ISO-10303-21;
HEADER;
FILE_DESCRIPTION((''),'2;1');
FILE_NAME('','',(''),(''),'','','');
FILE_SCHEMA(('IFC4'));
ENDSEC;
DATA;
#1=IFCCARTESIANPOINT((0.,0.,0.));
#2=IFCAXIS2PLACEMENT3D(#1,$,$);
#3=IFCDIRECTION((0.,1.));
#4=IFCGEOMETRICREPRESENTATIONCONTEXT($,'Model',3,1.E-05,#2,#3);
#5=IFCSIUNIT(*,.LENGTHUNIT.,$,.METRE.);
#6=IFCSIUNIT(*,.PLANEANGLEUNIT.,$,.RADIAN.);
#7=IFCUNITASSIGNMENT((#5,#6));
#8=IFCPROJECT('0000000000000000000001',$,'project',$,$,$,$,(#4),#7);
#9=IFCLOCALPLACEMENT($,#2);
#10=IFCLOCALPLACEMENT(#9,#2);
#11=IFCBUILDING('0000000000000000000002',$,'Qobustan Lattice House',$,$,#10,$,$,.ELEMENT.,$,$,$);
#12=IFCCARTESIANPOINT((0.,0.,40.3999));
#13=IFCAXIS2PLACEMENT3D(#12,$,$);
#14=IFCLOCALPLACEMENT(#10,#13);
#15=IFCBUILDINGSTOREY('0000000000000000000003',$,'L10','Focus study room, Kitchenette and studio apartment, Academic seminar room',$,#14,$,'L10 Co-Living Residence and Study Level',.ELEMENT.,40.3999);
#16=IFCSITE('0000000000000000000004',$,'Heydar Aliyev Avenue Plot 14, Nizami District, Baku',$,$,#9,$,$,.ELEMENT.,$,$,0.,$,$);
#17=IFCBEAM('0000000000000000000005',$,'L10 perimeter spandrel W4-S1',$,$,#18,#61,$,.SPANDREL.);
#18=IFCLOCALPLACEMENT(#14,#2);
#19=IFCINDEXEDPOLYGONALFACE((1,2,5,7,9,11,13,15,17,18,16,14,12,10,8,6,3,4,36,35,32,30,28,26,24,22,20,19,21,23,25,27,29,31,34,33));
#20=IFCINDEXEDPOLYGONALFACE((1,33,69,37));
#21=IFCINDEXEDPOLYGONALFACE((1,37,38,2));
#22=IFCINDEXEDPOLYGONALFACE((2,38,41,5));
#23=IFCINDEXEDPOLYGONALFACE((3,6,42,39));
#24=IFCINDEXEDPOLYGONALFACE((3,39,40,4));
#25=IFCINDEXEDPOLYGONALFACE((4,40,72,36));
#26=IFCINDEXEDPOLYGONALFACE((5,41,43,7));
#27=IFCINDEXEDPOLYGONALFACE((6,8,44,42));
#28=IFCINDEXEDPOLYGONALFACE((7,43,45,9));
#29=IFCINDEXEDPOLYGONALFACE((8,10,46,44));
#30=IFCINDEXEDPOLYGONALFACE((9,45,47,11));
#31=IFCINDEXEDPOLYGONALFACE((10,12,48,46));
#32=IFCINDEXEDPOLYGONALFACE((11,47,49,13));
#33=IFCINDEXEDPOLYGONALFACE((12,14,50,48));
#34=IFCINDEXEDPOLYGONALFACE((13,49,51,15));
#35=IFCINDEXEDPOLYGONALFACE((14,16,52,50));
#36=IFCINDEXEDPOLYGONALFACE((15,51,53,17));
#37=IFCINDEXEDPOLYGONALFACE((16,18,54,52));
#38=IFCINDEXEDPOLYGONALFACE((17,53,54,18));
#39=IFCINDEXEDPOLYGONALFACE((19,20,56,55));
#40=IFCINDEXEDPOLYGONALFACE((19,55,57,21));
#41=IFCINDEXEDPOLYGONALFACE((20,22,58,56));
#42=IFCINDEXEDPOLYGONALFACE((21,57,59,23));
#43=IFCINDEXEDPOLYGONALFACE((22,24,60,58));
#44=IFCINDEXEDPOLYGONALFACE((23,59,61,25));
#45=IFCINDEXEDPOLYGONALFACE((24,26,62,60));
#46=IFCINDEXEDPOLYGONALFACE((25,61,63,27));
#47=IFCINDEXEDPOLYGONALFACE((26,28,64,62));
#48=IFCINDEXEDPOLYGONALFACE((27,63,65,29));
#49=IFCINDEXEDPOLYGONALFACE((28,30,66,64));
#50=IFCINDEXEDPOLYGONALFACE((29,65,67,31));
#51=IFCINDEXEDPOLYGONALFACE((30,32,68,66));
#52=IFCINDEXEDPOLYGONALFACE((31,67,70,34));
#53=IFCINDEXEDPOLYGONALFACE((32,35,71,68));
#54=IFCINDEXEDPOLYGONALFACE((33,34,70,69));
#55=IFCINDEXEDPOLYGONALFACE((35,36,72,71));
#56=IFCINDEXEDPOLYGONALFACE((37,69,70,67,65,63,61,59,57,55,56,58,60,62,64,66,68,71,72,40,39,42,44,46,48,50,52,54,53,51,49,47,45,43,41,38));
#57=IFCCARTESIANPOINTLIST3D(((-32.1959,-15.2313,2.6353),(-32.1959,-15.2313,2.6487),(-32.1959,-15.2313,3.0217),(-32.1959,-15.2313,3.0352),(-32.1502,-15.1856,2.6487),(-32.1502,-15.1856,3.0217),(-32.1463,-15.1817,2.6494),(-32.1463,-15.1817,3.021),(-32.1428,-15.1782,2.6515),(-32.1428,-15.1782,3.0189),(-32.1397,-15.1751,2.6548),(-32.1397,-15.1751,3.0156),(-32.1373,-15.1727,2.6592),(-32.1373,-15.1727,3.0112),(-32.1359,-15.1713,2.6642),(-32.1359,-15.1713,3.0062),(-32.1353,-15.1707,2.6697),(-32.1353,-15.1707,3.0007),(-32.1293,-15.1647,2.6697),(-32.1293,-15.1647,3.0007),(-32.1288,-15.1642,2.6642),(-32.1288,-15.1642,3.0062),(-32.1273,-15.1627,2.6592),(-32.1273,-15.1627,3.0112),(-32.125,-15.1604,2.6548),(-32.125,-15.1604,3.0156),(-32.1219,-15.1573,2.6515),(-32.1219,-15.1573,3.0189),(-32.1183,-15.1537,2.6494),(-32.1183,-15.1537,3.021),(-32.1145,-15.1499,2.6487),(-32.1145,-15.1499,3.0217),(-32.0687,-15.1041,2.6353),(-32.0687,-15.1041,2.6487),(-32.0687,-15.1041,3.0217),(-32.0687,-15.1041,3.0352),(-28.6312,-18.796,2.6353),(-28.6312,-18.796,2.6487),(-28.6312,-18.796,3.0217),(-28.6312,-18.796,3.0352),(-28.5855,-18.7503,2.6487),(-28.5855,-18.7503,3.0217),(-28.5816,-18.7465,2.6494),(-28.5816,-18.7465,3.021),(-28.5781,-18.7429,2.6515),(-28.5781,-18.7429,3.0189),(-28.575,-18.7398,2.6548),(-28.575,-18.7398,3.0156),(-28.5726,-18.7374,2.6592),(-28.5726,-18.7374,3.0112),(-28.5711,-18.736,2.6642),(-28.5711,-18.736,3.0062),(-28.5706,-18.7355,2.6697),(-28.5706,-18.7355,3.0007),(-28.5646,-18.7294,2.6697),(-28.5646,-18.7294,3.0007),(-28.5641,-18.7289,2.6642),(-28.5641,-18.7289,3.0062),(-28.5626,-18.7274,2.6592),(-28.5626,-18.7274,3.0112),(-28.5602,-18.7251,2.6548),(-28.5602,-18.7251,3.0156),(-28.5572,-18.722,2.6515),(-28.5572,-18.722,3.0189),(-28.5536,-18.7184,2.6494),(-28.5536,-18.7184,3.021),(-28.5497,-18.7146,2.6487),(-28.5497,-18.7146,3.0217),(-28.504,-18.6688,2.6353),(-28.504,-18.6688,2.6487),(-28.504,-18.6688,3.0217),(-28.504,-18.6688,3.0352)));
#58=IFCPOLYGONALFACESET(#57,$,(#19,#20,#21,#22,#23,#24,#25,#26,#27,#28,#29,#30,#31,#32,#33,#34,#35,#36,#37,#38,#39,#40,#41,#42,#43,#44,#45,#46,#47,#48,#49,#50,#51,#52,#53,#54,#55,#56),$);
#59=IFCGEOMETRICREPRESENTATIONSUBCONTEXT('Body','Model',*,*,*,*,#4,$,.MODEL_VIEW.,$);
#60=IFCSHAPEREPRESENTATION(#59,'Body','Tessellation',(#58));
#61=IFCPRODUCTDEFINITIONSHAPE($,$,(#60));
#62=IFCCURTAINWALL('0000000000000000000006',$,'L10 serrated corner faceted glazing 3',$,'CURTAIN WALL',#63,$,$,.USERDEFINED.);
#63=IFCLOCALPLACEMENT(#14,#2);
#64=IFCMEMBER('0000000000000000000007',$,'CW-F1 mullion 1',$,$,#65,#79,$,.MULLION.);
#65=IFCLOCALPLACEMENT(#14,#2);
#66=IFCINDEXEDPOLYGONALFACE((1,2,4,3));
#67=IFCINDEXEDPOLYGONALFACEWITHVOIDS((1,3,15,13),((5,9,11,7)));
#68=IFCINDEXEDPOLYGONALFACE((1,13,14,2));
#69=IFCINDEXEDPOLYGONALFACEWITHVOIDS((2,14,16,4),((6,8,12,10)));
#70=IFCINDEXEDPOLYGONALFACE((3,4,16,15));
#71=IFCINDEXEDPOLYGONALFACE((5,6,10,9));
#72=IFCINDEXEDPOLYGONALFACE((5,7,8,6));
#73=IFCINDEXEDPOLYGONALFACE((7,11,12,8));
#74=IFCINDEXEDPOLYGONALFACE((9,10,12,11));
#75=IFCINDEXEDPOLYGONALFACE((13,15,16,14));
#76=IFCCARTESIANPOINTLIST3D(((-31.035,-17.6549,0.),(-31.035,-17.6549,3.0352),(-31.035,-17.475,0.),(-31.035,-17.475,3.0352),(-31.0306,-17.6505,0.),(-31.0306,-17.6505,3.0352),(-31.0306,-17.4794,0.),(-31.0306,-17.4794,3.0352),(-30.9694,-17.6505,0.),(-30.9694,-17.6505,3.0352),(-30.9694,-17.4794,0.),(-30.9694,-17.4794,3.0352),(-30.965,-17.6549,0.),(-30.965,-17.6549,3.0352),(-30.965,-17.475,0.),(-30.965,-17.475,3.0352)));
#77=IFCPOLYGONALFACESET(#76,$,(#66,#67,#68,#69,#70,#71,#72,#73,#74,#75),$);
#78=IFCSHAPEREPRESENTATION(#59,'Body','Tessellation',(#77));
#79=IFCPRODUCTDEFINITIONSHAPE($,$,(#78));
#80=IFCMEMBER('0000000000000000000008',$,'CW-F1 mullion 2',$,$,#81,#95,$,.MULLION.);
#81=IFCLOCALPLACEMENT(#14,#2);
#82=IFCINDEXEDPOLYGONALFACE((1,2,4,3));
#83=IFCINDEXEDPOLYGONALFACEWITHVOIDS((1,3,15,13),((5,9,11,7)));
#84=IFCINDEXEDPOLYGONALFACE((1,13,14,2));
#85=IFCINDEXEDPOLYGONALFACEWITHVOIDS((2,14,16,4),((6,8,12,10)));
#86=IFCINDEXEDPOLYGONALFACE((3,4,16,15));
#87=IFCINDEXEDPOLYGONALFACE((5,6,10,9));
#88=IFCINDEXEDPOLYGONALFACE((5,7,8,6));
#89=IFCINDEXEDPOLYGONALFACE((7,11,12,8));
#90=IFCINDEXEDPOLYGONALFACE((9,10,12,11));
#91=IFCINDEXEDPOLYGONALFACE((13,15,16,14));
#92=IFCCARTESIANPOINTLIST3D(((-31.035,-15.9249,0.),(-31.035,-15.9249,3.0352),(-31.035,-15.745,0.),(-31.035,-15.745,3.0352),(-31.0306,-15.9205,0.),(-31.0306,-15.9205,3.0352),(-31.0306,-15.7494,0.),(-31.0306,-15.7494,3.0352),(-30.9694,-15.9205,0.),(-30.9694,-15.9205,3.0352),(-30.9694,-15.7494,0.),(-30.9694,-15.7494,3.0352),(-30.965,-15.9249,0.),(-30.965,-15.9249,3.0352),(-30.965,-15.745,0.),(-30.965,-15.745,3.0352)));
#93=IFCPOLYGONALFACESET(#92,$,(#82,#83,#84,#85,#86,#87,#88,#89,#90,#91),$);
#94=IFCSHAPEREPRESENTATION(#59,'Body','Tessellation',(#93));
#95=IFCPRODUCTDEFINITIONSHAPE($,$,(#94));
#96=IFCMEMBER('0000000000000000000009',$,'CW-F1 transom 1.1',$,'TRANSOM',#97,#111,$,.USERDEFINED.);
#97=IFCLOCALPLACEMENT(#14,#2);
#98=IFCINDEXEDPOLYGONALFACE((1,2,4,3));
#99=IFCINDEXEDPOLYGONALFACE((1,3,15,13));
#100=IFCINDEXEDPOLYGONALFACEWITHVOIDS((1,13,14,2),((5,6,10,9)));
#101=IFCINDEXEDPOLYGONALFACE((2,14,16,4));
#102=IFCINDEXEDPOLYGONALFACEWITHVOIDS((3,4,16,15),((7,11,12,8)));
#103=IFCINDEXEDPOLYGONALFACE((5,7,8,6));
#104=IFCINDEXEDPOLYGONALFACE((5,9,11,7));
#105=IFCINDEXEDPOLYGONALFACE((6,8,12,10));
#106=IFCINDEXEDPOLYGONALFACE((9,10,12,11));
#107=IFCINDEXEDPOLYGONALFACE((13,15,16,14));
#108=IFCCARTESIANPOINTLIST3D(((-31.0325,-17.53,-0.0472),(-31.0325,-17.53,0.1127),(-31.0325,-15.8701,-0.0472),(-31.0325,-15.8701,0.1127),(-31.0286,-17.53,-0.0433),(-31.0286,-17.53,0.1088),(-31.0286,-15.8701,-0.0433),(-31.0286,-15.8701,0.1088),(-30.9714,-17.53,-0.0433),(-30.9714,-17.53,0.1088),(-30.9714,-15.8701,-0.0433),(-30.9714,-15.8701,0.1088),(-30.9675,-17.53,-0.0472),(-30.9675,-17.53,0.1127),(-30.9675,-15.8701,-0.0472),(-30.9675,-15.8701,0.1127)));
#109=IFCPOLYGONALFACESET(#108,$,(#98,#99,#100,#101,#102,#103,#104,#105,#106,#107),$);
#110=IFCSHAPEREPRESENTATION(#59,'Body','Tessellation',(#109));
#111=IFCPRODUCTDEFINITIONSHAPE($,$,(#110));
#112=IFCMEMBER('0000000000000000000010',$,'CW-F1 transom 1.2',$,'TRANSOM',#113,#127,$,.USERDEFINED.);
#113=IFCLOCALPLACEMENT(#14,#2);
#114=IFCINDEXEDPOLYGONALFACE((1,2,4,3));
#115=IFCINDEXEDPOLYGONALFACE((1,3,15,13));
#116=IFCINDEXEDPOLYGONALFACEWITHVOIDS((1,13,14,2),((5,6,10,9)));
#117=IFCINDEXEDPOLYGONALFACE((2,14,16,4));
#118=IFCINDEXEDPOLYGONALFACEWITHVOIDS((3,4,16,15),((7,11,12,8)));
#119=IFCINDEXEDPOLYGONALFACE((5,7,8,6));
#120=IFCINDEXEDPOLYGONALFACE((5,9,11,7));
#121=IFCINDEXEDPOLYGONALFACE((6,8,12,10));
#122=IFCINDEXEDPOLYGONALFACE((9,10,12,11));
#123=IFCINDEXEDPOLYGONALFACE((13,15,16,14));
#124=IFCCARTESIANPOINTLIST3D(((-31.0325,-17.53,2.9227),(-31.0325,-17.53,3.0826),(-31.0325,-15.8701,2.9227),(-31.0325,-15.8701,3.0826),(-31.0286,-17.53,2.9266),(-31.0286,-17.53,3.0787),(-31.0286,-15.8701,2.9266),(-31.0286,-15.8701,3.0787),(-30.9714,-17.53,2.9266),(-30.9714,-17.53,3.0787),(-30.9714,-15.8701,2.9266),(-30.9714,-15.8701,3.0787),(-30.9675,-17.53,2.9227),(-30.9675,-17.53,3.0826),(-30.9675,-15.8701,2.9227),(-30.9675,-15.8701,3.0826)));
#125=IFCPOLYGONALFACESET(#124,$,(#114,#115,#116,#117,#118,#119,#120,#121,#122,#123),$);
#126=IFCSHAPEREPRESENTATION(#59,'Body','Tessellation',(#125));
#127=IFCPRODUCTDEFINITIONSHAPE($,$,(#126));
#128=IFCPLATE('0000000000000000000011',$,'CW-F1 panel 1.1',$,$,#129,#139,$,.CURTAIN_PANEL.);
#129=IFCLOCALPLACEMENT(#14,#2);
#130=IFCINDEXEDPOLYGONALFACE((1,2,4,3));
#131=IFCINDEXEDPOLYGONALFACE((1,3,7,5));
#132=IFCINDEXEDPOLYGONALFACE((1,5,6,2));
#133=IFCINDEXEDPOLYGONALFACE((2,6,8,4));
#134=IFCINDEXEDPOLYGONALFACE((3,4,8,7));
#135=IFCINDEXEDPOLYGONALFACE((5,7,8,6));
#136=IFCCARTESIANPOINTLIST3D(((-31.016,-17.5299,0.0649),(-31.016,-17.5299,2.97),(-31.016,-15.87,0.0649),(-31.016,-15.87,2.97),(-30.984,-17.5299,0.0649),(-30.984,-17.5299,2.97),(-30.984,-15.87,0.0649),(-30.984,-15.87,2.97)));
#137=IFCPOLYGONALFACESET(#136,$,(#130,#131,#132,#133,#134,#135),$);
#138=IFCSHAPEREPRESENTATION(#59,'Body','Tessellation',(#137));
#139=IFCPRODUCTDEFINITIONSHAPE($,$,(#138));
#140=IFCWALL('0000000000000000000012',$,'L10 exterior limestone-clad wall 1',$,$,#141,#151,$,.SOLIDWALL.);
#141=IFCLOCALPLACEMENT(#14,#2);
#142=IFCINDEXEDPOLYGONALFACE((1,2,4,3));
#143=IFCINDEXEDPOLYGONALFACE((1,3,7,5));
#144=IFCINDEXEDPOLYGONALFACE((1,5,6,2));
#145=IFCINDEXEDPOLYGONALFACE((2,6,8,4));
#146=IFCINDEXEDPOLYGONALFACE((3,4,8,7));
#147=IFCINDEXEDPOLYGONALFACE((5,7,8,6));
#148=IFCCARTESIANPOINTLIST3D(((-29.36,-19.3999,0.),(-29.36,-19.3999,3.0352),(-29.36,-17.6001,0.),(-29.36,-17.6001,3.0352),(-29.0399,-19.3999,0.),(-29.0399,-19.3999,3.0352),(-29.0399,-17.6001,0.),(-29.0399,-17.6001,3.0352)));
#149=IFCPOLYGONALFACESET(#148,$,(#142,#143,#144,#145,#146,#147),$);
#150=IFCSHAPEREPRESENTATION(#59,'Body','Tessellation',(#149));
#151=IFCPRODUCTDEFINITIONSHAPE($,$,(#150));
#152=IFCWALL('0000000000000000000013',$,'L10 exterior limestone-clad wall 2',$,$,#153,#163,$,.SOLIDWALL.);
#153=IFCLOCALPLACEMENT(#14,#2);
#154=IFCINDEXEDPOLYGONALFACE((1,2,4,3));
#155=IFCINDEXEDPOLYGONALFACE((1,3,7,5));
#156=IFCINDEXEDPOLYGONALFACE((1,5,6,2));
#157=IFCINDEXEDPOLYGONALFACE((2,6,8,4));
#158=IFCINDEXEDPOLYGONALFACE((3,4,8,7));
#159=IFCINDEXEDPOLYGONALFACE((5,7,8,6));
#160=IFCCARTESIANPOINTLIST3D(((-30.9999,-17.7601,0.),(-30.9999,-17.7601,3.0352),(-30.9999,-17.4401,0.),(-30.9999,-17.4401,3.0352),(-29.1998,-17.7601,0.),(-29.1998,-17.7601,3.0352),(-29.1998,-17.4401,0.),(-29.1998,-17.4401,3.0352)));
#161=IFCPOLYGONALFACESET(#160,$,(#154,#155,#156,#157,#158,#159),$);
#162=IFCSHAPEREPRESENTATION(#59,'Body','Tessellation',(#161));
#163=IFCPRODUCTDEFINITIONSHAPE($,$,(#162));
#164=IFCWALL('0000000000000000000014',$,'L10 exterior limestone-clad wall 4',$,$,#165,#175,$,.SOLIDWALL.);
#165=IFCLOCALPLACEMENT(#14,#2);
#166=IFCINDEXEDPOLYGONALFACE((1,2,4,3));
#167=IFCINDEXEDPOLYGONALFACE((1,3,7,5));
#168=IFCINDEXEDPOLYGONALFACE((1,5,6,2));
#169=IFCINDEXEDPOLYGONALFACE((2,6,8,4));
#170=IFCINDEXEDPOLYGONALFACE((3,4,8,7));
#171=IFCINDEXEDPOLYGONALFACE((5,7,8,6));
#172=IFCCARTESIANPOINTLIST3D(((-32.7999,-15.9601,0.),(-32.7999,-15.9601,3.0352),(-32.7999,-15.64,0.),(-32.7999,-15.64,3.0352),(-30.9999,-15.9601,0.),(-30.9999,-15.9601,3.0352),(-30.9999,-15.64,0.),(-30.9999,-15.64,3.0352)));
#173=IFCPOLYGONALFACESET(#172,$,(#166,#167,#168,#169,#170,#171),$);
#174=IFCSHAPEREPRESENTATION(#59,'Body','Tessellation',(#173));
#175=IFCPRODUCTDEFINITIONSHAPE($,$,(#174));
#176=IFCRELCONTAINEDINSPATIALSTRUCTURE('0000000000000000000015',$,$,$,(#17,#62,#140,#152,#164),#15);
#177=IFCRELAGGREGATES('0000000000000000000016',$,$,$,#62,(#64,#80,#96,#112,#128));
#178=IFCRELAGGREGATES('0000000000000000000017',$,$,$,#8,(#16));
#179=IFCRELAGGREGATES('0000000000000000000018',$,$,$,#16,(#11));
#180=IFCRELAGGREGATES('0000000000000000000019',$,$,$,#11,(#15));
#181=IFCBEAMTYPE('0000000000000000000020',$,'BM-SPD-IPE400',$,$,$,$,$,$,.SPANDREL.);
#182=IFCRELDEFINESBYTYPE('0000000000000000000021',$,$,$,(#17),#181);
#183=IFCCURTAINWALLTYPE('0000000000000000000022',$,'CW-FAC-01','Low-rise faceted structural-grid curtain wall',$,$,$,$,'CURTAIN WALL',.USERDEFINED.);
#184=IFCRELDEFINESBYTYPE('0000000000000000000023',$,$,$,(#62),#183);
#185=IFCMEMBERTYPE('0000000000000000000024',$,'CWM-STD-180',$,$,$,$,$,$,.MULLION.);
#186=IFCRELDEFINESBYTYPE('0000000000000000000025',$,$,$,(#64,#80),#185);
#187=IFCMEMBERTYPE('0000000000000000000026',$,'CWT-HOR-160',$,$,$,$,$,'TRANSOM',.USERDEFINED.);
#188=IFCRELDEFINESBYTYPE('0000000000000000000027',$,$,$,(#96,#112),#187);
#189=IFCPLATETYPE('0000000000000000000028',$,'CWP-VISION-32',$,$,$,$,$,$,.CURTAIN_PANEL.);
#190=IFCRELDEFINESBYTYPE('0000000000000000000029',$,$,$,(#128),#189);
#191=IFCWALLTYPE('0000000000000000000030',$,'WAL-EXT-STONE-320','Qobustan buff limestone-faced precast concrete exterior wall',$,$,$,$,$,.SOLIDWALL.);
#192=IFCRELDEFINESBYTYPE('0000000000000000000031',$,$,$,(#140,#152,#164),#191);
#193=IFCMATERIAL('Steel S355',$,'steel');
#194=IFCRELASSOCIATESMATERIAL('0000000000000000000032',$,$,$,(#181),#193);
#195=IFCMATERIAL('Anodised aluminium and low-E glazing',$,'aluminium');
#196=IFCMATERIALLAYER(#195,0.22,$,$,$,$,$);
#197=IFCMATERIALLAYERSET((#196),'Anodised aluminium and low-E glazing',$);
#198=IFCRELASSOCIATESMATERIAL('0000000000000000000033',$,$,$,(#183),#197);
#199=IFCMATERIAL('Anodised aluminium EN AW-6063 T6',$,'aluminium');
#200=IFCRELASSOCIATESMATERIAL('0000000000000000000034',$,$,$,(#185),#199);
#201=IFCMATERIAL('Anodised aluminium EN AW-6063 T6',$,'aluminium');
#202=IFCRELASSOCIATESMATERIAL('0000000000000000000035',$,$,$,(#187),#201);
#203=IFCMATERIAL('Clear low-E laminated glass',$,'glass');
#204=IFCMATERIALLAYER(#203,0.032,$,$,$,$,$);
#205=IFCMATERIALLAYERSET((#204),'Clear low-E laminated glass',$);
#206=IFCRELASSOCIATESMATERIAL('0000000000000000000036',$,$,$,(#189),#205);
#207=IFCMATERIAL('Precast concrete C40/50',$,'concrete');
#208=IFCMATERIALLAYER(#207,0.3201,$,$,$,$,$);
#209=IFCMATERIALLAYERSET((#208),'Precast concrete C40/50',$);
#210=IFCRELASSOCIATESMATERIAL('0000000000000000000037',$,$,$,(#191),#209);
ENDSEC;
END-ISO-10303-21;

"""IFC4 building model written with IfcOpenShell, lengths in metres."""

from ifc_helpers import new_model, si_unit, direction, frame, frame_2d, origin, origin_2d, place, context, subcontext, project, spatial, rectangle, hollow_rectangle, i_section, extrude, material, layer, layer_set, material_profile, profile_set, type_object, element, aggregate, save


model = new_model("IFC4")

# Units and contexts
model_context = context("Model", 3, precision=1e-05, world=origin(), true_north=direction((0.0, 1.0)))
body_context = subcontext(model_context, "Body", "Model", "MODEL_VIEW")
ifc_project = project(units=[si_unit("LENGTHUNIT", "METRE"), si_unit("PLANEANGLEUNIT", "RADIAN")], contexts=[model_context])

# Site, building, storey
site_placement = place(None, origin())
site = spatial("IfcSite", under=ifc_project, at=site_placement, Name="Heydar Aliyev Avenue Plot 14, Nizami District, Baku", CompositionType="ELEMENT", RefElevation=0.0)
building_placement = place(site_placement, origin())
building = spatial("IfcBuilding", under=site, at=building_placement, Name="Qobustan Lattice House", CompositionType="ELEMENT")
storey_placement = place(building_placement, frame((0.0, 0.0, 40.3999)))
storey = spatial("IfcBuildingStorey", under=building, at=storey_placement, Name="L10", Description="Focus study room, Kitchenette and studio apartment, Academic seminar room", LongName="L10 Co-Living Residence and Study Level", CompositionType="ELEMENT", Elevation=40.3999)

# Beam
ifc_material_1 = material(Name="Steel S355", Category="steel")
ifc_material_profile_1 = material_profile(ifc_material_1, i_section(OverallWidth=0.1799, OverallDepth=0.3999, WebThickness=0.0085, FlangeThickness=0.0134, FilletRadius=0.021, at=origin_2d()), Name="IPE400")
ifc_profile_set_1 = profile_set([ifc_material_profile_1], Name="Steel S355")
beam_type_1 = type_object("IfcBeamType", Name="BM-SPD-IPE400", PredefinedType="SPANDREL", material=ifc_profile_set_1)
beam_1_placement = place(storey_placement, frame((-32.1323, -15.1677, 2.8352), z_axis=(0.707107, -0.707107, 0.0), x_axis=(0.707107, 0.707107, 0.0)))
element("IfcBeam", 1, at=beam_1_placement, inside=storey, type_object=beam_type_1, Name="L10 perimeter spandrel W4-S1", PredefinedType="SPANDREL", context=body_context, shape_type="SweptSolid", body=[
    extrude(i_section(OverallWidth=0.1799, OverallDepth=0.3999, WebThickness=0.0085, FlangeThickness=0.0134, FilletRadius=0.021, at=origin_2d()), origin(), (0.0, 0.0, 1.0), 5.0413),
])

# Curtain wall, members, plate
ifc_material_2 = material(Name="Anodised aluminium and low-E glazing", Category="aluminium")
ifc_layer_1 = layer(ifc_material_2, 0.22)
ifc_layer_set_1 = layer_set([ifc_layer_1], Name="Anodised aluminium and low-E glazing")
curtain_wall_type = type_object("IfcCurtainWallType", Name="CW-FAC-01", Description="Low-rise faceted structural-grid curtain wall", ElementType="CURTAIN WALL", PredefinedType="USERDEFINED", material=ifc_layer_set_1)
curtain_wall_placement = place(storey_placement, origin())
curtain_wall = element("IfcCurtainWall", 2, at=curtain_wall_placement, inside=storey, type_object=curtain_wall_type, Name="L10 serrated corner faceted glazing 3", ObjectType="CURTAIN WALL", PredefinedType="USERDEFINED")
ifc_material_3 = material(Name="Anodised aluminium EN AW-6063 T6", Category="aluminium")
ifc_material_profile_2 = material_profile(ifc_material_3, hollow_rectangle(XDim=0.0701, YDim=0.1799, WallThickness=0.0044, at=origin_2d()), Name="CWM-180x70")
ifc_profile_set_2 = profile_set([ifc_material_profile_2], Name="Anodised aluminium EN AW-6063 T6")
member_type_1 = type_object("IfcMemberType", Name="CWM-STD-180", PredefinedType="MULLION", material=ifc_profile_set_2)
member_1_placement = place(storey_placement, frame((-31.0, -17.5649, 0.0), z_axis=(0.0, 0.0, 1.0), x_axis=(-1.0, 0.0, 0.0)))
member_1 = element("IfcMember", 3, at=member_1_placement, type_object=member_type_1, Name="CW-F1 mullion 1", PredefinedType="MULLION", context=body_context, shape_type="SweptSolid", body=[
    extrude(hollow_rectangle(XDim=0.0701, YDim=0.1799, WallThickness=0.0044, at=origin_2d()), origin(), (0.0, 0.0, 1.0), 3.0352),
])
member_2_placement = place(storey_placement, frame((-31.0, -15.835, 0.0), z_axis=(0.0, 0.0, 1.0), x_axis=(-1.0, 0.0, 0.0)))
member_2 = element("IfcMember", 4, at=member_2_placement, type_object=member_type_1, Name="CW-F1 mullion 2", PredefinedType="MULLION", context=body_context, shape_type="SweptSolid", body=[
    extrude(hollow_rectangle(XDim=0.0701, YDim=0.1799, WallThickness=0.0044, at=origin_2d()), origin(), (0.0, 0.0, 1.0), 3.0352),
])
ifc_material_4 = material(Name="Anodised aluminium EN AW-6063 T6", Category="aluminium")
ifc_material_profile_3 = material_profile(ifc_material_4, hollow_rectangle(XDim=0.0649, YDim=0.1599, WallThickness=0.0039, at=origin_2d()), Name="CWT-160x65")
ifc_profile_set_3 = profile_set([ifc_material_profile_3], Name="Anodised aluminium EN AW-6063 T6")
member_type_2 = type_object("IfcMemberType", Name="CWT-HOR-160", ElementType="TRANSOM", PredefinedType="USERDEFINED", material=ifc_profile_set_3)
member_3_placement = place(storey_placement, frame((-31.0, -17.53, 0.0327), z_axis=(0.0, 1.0, 0.0), x_axis=(-1.0, 0.0, 0.0)))
member_3 = element("IfcMember", 5, at=member_3_placement, type_object=member_type_2, Name="CW-F1 transom 1.1", ObjectType="TRANSOM", PredefinedType="USERDEFINED", context=body_context, shape_type="SweptSolid", body=[
    extrude(hollow_rectangle(XDim=0.0649, YDim=0.1599, WallThickness=0.0039, at=origin_2d()), origin(), (0.0, 0.0, 1.0), 1.6599),
])
member_4_placement = place(storey_placement, frame((-31.0, -17.53, 3.0027), z_axis=(0.0, 1.0, 0.0), x_axis=(-1.0, 0.0, 0.0)))
member_4 = element("IfcMember", 6, at=member_4_placement, type_object=member_type_2, Name="CW-F1 transom 1.2", ObjectType="TRANSOM", PredefinedType="USERDEFINED", context=body_context, shape_type="SweptSolid", body=[
    extrude(hollow_rectangle(XDim=0.0649, YDim=0.1599, WallThickness=0.0039, at=origin_2d()), origin(), (0.0, 0.0, 1.0), 1.6599),
])
ifc_material_5 = material(Name="Clear low-E laminated glass", Category="glass")
ifc_layer_2 = layer(ifc_material_5, 0.032)
ifc_layer_set_2 = layer_set([ifc_layer_2], Name="Clear low-E laminated glass")
plate_type = type_object("IfcPlateType", Name="CWP-VISION-32", PredefinedType="CURTAIN_PANEL", material=ifc_layer_set_2)
plate_placement = place(storey_placement, frame((-31.0, -16.7, 0.0649), z_axis=(0.0, 0.0, 1.0), x_axis=(0.0, 1.0, 0.0)))
plate = element("IfcPlate", 7, at=plate_placement, type_object=plate_type, Name="CW-F1 panel 1.1", PredefinedType="CURTAIN_PANEL", context=body_context, shape_type="SweptSolid", body=[
    extrude(rectangle(XDim=1.6599, YDim=0.032, at=origin_2d()), origin(), (0.0, 0.0, 1.0), 2.905),
])
aggregate(curtain_wall, [member_1, member_2, member_3, member_4, plate])

# Walls
ifc_material_6 = material(Name="Precast concrete C40/50", Category="concrete")
ifc_layer_3 = layer(ifc_material_6, 0.3201)
ifc_layer_set_3 = layer_set([ifc_layer_3], Name="Precast concrete C40/50")
wall_type = type_object("IfcWallType", Name="WAL-EXT-STONE-320", Description="Qobustan buff limestone-faced precast concrete exterior wall", PredefinedType="SOLIDWALL", material=ifc_layer_set_3)
wall_1_placement = place(storey_placement, frame((-29.2, -19.3999, 0.0), z_axis=(0.0, 0.0, 1.0), x_axis=(0.0, 1.0, 0.0)))
element("IfcWall", 8, at=wall_1_placement, inside=storey, type_object=wall_type, Name="L10 exterior limestone-clad wall 1", PredefinedType="SOLIDWALL", context=body_context, shape_type="SweptSolid", body=[
    extrude(rectangle(XDim=1.7998, YDim=0.3201, at=frame_2d((0.8999, 0.0))), origin(), (0.0, 0.0, 1.0), 3.0352),
])
for number, where, z_axis, x_axis, name in (
    (9, (-29.2, -17.6001, 0.0), (0.0, 0.0, 1.0), (-1.0, 0.0, 0.0), "L10 exterior limestone-clad wall 2"),
    (10, (-31.0, -15.8, 0.0), (0.0, 0.0, 1.0), (-1.0, 0.0, 0.0), "L10 exterior limestone-clad wall 4"),
):
    element("IfcWall", number, at=place(storey_placement, frame(where, z_axis=z_axis, x_axis=x_axis)), inside=storey, type_object=wall_type, Name=name, PredefinedType="SOLIDWALL", context=body_context, shape_type="SweptSolid", body=[
        extrude(rectangle(XDim=1.8, YDim=0.3201, at=frame_2d((0.8999, 0.0))), origin(), (0.0, 0.0, 1.0), 3.0352),
    ])

save(model, "model.ifc")
